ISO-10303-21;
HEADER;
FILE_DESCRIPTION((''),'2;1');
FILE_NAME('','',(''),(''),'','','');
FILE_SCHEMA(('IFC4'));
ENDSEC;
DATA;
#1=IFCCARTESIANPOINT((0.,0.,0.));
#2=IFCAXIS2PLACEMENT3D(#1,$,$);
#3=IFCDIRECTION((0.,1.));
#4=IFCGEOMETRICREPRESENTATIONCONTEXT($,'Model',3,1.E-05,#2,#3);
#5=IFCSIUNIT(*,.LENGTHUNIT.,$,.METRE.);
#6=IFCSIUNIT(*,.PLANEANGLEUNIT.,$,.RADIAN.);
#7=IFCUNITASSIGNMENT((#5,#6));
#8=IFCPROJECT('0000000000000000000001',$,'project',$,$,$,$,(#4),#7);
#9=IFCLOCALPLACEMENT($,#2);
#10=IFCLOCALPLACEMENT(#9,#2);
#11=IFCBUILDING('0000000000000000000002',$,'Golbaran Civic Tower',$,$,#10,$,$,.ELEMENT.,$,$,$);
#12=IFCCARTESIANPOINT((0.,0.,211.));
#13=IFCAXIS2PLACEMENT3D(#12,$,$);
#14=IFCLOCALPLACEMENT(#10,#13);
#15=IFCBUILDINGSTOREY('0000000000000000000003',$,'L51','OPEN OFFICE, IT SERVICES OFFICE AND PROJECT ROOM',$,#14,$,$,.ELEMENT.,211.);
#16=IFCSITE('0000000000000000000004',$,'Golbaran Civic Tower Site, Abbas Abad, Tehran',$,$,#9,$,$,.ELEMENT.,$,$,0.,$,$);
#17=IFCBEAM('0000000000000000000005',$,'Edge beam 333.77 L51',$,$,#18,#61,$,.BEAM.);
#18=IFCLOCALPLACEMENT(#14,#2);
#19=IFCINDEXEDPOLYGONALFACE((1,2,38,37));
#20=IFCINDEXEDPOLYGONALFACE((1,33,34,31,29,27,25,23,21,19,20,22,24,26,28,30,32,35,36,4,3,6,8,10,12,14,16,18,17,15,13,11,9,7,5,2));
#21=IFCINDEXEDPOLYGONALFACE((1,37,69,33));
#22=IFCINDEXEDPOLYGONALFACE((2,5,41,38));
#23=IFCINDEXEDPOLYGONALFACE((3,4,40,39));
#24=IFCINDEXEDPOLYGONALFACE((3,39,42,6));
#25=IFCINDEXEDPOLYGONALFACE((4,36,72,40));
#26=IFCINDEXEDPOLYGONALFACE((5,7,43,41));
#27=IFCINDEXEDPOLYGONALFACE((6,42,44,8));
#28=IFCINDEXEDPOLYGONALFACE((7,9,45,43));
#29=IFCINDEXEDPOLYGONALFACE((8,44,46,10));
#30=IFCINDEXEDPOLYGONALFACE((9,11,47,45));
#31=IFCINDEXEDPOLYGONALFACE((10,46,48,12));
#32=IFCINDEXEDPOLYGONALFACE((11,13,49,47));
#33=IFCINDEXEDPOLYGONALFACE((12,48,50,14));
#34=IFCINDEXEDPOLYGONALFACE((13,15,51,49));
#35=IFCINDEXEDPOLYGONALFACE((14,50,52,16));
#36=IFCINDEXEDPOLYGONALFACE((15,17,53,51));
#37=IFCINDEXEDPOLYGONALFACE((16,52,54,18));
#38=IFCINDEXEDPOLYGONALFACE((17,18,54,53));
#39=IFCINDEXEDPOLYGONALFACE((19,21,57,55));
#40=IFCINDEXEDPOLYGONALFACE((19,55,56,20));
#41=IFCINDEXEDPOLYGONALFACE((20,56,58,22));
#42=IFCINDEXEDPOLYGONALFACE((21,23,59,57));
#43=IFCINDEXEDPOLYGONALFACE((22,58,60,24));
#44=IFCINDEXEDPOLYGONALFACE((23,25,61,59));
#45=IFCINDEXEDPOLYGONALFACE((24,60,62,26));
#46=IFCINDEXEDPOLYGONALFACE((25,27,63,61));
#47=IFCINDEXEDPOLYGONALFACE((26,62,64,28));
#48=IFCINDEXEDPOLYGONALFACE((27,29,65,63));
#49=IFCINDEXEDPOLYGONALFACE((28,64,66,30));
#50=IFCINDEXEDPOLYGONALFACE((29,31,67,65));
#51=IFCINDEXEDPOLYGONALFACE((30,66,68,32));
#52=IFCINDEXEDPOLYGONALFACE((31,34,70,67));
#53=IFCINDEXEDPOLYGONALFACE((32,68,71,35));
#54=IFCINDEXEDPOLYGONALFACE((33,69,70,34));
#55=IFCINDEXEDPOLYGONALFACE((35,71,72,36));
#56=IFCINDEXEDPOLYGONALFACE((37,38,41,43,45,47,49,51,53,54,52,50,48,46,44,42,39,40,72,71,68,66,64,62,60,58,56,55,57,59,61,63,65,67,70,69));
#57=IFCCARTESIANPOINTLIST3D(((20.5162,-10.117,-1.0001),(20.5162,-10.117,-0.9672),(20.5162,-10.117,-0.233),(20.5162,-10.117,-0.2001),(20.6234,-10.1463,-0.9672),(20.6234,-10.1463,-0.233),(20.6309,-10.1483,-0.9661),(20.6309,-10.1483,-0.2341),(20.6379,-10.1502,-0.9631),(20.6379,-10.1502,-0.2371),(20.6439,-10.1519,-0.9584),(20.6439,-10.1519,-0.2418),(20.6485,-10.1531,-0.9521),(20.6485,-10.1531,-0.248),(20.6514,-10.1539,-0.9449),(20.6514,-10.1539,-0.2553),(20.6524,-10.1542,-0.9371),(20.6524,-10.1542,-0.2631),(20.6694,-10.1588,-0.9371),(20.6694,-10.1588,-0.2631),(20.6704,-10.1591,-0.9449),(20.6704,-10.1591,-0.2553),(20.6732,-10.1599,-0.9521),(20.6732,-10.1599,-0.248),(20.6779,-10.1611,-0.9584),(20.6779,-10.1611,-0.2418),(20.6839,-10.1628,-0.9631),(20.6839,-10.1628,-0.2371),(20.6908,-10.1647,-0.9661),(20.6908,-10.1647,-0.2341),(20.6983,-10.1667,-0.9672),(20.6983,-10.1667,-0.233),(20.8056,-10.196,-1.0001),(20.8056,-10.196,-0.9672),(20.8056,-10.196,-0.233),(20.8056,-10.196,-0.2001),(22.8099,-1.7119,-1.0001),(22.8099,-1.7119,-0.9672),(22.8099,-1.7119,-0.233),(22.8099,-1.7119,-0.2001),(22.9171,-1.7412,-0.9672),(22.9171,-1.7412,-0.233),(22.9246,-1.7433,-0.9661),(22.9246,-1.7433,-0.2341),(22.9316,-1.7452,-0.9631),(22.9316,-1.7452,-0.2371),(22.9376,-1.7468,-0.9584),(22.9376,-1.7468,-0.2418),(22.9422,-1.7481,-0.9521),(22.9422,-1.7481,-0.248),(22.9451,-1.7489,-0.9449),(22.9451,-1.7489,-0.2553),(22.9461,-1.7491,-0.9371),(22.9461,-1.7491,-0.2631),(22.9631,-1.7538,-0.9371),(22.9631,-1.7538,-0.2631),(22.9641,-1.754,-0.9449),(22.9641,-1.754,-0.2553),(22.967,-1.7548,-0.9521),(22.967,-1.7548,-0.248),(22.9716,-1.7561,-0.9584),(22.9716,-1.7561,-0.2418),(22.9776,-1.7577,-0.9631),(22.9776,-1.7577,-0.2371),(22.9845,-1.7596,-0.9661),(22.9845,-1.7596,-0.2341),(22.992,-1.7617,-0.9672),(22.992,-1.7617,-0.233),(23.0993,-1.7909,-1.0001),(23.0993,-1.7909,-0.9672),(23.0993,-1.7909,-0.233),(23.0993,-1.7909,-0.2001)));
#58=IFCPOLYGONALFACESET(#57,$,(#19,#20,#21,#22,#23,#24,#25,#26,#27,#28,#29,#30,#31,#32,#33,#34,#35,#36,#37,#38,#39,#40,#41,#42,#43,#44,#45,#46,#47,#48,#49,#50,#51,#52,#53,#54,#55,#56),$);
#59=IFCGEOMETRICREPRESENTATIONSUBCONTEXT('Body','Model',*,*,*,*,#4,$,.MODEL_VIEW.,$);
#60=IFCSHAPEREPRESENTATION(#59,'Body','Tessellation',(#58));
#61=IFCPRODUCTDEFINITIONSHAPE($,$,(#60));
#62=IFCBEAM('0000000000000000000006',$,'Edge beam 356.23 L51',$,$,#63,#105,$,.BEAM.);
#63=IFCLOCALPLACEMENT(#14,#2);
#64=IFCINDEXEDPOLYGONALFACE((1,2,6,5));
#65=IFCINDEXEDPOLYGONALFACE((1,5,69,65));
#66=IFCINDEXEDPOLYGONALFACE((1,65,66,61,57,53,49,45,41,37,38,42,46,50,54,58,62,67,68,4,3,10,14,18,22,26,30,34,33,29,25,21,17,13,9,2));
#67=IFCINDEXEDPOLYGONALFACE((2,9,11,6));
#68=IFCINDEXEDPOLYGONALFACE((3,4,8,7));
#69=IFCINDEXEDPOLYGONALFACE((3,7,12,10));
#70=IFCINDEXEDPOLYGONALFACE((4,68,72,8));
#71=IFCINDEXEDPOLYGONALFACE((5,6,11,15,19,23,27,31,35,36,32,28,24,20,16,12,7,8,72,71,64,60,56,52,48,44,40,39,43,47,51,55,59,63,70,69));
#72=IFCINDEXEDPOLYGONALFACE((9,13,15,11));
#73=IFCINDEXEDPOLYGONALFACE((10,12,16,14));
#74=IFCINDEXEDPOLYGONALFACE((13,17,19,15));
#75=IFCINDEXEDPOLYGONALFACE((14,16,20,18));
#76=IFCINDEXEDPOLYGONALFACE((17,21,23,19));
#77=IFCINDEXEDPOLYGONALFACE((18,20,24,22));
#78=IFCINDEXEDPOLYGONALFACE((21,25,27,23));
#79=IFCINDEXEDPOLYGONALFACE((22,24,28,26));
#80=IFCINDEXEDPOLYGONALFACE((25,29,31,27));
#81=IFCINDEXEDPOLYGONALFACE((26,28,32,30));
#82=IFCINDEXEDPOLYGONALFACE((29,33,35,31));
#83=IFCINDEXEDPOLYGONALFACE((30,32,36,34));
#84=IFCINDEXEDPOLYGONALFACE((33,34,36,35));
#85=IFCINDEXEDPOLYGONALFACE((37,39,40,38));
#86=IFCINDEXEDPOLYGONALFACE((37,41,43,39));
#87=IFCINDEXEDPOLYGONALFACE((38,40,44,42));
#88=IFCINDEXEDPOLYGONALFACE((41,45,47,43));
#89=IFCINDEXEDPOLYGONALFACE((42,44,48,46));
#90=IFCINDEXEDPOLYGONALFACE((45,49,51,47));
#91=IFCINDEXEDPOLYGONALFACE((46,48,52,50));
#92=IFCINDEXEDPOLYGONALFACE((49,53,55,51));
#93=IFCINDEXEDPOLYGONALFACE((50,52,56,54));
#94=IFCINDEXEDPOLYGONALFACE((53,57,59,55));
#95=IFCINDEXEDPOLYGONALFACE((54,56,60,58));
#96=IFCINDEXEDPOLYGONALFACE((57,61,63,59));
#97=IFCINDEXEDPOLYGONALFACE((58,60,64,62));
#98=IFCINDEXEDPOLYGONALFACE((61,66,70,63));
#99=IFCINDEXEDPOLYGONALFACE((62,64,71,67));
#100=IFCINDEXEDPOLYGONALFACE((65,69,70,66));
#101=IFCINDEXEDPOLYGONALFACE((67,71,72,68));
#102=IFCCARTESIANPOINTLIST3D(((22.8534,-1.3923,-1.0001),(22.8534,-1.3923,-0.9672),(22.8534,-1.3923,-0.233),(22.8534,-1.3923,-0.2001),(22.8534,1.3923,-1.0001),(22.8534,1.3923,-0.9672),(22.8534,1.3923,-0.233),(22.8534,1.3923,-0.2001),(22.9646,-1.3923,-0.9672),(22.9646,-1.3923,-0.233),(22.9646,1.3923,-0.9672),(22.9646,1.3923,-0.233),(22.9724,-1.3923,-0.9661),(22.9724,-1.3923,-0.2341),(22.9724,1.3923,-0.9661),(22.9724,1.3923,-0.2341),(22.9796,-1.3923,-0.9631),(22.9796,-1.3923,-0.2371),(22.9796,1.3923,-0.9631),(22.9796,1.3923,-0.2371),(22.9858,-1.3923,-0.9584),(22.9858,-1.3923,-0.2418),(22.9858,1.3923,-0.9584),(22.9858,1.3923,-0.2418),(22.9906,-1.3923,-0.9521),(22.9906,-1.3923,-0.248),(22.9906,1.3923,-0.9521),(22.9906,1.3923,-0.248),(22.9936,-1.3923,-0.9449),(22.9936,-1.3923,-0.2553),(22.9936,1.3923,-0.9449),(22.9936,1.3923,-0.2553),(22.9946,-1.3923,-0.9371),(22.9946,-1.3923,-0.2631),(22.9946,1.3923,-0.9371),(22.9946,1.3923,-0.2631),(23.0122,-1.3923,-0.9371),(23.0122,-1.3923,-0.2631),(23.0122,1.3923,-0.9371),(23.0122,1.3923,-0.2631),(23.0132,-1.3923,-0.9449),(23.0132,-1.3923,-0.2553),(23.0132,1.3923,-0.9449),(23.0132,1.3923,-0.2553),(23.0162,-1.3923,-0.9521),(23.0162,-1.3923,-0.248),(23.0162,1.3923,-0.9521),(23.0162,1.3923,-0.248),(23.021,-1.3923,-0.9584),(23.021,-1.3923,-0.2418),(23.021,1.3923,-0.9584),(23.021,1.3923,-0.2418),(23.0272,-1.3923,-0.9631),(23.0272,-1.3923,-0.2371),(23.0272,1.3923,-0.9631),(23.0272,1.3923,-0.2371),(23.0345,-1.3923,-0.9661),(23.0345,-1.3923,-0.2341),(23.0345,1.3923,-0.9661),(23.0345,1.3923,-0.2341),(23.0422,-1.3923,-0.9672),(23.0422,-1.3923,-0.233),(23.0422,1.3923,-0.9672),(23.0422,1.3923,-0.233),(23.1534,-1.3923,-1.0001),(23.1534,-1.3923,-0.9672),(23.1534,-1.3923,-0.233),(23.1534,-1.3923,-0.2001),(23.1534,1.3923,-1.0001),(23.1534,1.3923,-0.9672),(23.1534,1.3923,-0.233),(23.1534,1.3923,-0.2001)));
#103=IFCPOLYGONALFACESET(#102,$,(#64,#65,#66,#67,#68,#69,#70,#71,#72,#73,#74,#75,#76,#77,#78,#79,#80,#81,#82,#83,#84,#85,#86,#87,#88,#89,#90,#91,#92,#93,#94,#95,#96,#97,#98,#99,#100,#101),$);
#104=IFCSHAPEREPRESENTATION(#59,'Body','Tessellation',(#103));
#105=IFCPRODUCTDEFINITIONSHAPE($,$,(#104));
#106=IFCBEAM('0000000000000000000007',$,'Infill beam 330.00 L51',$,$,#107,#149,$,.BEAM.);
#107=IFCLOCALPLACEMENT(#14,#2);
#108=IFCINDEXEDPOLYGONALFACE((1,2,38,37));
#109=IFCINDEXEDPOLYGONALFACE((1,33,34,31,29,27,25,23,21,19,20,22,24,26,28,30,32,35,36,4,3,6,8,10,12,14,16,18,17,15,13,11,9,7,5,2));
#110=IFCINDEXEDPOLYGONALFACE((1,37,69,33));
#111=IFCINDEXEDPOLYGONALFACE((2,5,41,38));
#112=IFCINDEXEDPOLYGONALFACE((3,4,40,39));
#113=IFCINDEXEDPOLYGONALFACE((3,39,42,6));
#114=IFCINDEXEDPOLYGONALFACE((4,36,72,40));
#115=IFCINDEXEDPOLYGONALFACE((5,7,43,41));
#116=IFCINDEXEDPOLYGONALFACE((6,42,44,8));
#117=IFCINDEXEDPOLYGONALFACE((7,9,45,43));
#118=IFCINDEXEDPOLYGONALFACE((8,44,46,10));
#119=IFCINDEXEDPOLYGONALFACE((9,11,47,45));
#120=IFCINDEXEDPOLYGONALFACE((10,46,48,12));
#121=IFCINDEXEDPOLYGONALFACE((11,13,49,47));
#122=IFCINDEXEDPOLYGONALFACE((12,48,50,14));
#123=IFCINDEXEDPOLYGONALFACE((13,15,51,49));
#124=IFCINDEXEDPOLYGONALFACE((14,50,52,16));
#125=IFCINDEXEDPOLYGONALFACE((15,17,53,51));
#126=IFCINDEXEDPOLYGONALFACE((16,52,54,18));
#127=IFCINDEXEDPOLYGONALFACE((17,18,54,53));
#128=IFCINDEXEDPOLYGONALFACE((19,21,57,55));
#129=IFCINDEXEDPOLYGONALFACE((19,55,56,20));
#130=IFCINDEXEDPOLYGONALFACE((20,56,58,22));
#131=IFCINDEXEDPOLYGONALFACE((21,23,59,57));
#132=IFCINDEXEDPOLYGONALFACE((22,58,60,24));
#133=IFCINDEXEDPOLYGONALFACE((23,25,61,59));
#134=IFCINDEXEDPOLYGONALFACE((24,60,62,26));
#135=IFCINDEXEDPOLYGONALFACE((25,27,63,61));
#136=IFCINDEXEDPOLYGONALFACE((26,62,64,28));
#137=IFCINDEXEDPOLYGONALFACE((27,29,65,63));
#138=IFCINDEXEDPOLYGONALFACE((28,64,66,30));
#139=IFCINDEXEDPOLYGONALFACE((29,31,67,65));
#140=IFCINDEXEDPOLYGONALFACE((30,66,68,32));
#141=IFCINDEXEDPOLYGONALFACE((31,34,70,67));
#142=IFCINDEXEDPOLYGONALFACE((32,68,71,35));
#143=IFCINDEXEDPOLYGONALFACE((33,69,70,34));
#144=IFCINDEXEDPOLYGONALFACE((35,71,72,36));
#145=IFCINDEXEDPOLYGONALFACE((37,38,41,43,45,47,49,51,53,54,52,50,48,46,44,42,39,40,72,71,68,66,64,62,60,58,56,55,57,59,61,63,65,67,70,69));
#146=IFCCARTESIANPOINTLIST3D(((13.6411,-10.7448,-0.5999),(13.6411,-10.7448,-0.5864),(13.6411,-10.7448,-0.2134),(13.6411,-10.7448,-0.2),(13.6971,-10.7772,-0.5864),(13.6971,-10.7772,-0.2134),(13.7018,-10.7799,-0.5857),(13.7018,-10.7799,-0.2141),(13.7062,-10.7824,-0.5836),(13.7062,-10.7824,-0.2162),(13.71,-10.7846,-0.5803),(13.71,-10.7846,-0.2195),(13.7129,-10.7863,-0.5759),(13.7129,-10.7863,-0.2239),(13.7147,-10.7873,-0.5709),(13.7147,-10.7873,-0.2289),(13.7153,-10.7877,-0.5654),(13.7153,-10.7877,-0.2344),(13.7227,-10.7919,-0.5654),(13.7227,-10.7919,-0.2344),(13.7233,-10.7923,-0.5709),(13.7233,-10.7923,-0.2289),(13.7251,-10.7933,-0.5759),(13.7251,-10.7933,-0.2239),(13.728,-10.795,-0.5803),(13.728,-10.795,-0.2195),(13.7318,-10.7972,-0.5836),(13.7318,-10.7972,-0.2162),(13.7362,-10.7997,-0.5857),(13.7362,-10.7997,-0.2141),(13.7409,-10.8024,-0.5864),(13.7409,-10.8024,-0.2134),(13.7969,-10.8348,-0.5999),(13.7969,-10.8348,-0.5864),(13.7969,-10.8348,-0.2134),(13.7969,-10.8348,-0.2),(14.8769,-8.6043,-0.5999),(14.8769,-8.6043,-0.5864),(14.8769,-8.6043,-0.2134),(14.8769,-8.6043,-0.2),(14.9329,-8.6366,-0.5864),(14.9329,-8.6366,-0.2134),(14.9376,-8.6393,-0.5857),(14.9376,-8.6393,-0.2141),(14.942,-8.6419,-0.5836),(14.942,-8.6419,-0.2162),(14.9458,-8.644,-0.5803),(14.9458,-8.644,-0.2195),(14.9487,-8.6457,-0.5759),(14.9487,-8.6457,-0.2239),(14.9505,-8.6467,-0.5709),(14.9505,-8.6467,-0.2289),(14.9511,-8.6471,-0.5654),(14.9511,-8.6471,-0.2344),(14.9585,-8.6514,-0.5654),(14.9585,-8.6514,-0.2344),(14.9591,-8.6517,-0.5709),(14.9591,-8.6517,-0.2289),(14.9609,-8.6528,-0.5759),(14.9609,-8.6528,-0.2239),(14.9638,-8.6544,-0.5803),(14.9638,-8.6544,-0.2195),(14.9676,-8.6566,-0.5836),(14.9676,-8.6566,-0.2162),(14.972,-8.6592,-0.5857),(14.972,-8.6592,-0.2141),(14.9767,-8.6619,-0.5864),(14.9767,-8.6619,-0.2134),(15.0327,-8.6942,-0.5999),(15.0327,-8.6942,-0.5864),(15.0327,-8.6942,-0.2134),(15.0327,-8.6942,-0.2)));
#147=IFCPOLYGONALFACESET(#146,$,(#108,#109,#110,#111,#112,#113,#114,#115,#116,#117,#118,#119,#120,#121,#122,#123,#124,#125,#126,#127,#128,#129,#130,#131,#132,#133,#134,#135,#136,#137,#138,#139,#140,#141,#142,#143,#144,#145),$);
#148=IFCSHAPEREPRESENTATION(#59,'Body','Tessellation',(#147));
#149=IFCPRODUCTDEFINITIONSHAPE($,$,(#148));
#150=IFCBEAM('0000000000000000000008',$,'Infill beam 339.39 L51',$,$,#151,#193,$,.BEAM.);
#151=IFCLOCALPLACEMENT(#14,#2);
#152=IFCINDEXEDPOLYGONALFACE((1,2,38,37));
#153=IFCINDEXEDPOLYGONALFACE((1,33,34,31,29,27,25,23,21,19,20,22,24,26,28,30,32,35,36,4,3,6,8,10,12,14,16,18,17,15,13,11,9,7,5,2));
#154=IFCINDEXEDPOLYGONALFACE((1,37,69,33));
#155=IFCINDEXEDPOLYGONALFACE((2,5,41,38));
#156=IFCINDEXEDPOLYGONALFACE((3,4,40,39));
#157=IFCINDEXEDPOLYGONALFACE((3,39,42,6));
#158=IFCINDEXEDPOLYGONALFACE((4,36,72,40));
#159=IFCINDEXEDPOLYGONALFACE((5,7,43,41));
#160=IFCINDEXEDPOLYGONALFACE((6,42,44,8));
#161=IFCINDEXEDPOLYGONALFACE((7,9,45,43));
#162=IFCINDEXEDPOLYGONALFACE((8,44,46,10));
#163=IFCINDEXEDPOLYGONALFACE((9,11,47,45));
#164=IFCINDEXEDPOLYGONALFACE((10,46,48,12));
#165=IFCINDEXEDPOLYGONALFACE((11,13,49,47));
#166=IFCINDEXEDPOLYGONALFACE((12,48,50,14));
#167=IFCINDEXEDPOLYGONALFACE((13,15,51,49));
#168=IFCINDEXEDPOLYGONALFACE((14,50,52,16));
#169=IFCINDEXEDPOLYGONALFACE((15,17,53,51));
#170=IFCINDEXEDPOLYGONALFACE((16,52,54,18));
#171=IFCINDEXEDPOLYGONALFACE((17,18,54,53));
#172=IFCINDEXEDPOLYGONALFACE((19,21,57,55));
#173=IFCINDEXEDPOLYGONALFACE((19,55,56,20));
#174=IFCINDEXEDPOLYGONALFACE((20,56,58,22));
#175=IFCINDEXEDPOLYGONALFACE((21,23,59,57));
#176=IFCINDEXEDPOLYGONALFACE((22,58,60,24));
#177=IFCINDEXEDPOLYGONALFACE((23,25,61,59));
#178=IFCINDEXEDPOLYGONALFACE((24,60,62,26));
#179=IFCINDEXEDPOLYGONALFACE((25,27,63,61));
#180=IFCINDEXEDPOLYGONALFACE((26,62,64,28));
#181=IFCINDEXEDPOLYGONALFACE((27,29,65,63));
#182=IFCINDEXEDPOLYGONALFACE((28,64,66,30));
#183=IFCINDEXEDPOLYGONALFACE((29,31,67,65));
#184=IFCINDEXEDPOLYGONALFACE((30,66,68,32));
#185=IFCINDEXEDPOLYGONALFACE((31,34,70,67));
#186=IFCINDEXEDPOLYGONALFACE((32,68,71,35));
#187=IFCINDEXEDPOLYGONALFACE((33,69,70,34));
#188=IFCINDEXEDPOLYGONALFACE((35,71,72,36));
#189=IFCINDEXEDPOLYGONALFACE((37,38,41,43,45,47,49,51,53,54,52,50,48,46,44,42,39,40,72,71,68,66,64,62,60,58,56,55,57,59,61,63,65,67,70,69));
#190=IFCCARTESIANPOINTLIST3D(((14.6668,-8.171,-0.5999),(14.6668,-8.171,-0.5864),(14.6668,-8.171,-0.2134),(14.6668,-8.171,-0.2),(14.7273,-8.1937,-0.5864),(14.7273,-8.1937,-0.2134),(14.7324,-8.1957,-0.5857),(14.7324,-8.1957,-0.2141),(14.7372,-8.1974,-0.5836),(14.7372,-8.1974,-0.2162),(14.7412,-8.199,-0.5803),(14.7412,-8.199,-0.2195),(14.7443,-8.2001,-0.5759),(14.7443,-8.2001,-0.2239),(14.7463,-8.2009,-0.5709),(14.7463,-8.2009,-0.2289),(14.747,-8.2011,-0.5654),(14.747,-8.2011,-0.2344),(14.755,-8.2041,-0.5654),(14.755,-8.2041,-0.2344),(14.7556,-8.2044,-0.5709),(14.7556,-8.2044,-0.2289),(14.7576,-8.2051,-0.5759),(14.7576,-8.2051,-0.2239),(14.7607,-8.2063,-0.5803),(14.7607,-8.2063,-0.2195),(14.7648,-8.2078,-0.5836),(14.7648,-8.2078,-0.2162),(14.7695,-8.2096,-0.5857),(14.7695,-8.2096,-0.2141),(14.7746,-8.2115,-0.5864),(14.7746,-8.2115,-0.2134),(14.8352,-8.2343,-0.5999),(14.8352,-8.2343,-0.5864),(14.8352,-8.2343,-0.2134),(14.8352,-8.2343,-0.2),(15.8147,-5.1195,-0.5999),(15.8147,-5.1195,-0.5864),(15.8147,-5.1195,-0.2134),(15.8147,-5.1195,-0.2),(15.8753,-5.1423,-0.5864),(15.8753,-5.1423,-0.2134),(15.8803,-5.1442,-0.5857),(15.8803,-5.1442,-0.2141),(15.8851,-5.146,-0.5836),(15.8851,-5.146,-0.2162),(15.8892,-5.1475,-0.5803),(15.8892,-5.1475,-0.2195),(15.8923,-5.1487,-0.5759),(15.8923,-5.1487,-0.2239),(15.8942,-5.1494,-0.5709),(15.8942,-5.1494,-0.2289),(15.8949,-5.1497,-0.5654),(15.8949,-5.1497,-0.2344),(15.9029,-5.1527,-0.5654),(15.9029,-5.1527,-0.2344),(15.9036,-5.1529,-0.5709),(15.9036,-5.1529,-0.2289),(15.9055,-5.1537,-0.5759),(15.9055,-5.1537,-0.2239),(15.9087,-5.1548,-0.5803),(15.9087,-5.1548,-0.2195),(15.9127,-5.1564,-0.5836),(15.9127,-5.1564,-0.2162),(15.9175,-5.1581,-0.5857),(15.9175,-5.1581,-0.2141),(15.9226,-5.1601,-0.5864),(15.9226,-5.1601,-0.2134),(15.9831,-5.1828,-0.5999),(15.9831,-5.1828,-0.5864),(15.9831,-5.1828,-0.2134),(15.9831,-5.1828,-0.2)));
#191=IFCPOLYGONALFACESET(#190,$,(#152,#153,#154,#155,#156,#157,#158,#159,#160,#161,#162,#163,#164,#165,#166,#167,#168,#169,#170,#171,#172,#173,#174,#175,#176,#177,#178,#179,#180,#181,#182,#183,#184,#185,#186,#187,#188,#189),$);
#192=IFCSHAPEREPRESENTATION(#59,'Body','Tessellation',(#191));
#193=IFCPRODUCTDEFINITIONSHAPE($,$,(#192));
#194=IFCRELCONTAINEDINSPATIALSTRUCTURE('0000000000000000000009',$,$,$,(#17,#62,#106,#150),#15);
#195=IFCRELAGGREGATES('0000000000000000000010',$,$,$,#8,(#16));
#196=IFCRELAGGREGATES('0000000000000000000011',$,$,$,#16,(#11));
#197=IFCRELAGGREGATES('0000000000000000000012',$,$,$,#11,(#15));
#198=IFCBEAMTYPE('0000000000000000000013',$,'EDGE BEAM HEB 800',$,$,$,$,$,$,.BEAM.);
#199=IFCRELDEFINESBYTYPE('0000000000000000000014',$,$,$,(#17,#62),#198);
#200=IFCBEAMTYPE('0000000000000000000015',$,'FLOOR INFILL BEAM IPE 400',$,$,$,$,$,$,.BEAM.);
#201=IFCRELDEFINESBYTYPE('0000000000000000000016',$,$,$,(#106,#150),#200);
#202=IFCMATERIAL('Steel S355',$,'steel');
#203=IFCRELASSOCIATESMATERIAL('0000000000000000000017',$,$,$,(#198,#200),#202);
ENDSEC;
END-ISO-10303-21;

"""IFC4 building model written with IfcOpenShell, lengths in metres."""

from ifc_helpers import new_model, si_unit, direction, frame, origin, origin_2d, place, context, subcontext, project, spatial, i_section, extrude, material, material_profile, profile_set, type_object, element, save


model = new_model("IFC4")

# Units and contexts
model_context = context("Model", 3, precision=1e-05, world=origin(), true_north=direction((0.0, 1.0)))
body_context = subcontext(model_context, "Body", "Model", "MODEL_VIEW")
ifc_project = project(units=[si_unit("LENGTHUNIT", "METRE"), si_unit("PLANEANGLEUNIT", "RADIAN")], contexts=[model_context])

# Site, building, storey
site_placement = place(None, origin())
site = spatial("IfcSite", under=ifc_project, at=site_placement, Name="Golbaran Civic Tower Site, Abbas Abad, Tehran", CompositionType="ELEMENT", RefElevation=0.0)
building_placement = place(site_placement, origin())
building = spatial("IfcBuilding", under=site, at=building_placement, Name="Golbaran Civic Tower", CompositionType="ELEMENT")
storey_placement = place(building_placement, frame((0.0, 0.0, 211.0)))
storey = spatial("IfcBuildingStorey", under=building, at=storey_placement, Name="L51", Description="OPEN OFFICE, IT SERVICES OFFICE AND PROJECT ROOM", CompositionType="ELEMENT", Elevation=211.0)

# Beams
ifc_material_1 = material(Name="Steel S355", Category="steel")
ifc_material_profile_1 = material_profile(ifc_material_1, i_section(OverallWidth=0.3, OverallDepth=0.8, WebThickness=0.0176, FlangeThickness=0.033, FilletRadius=0.03, at=origin_2d()), Name="HEB 800")
ifc_profile_set_1 = profile_set([ifc_material_profile_1], Name="Steel S355")
beam_type_1 = type_object("IfcBeamType", Name="EDGE BEAM HEB 800", PredefinedType="BEAM", material=ifc_profile_set_1)
beam_1_placement = place(storey_placement, frame((20.6609, -10.1565, -0.6001), z_axis=(0.263269, 0.964722, 0.0), x_axis=(-0.964722, 0.263269, 0.0)))
element("IfcBeam", 1, at=beam_1_placement, inside=storey, type_object=beam_type_1, Name="Edge beam 333.77 L51", PredefinedType="BEAM", context=body_context, shape_type="SweptSolid", body=[
    extrude(i_section(OverallWidth=0.3, OverallDepth=0.8, WebThickness=0.0176, FlangeThickness=0.033, FilletRadius=0.03, at=origin_2d()), origin(), (0.0, 0.0, 1.0), 8.7124),
])
beam_2_placement = place(storey_placement, frame((23.0034, -1.3923, -0.6001), z_axis=(0.0, 1.0, 0.0), x_axis=(-1.0, 0.0, 0.0)))
element("IfcBeam", 2, at=beam_2_placement, inside=storey, type_object=beam_type_1, Name="Edge beam 356.23 L51", PredefinedType="BEAM", context=body_context, shape_type="SweptSolid", body=[
    extrude(i_section(OverallWidth=0.3, OverallDepth=0.8, WebThickness=0.0176, FlangeThickness=0.033, FilletRadius=0.03, at=origin_2d()), origin(), (0.0, 0.0, 1.0), 2.7847),
])
ifc_material_profile_2 = material_profile(ifc_material_1, i_section(OverallWidth=0.1799, OverallDepth=0.3999, WebThickness=0.0085, FlangeThickness=0.0134, FilletRadius=0.021, at=origin_2d()), Name="IPE 400")
ifc_profile_set_2 = profile_set([ifc_material_profile_2], Name="Steel S355")
beam_type_2 = type_object("IfcBeamType", Name="FLOOR INFILL BEAM IPE 400", PredefinedType="BEAM", material=ifc_profile_set_2)
beam_3_placement = place(storey_placement, frame((13.719, -10.7898, -0.3999), z_axis=(0.499985, 0.866034, 0.0), x_axis=(-0.866034, 0.499985, 0.0)))
element("IfcBeam", 3, at=beam_3_placement, inside=storey, type_object=beam_type_2, Name="Infill beam 330.00 L51", PredefinedType="BEAM", context=body_context, shape_type="SweptSolid", body=[
    extrude(i_section(OverallWidth=0.1799, OverallDepth=0.3999, WebThickness=0.0085, FlangeThickness=0.0134, FilletRadius=0.021, at=origin_2d()), origin(), (0.0, 0.0, 1.0), 2.4717),
])
beam_4_placement = place(storey_placement, frame((14.751, -8.2026, -0.3999), z_axis=(0.3521, 0.935962, 0.0), x_axis=(-0.935962, 0.3521, 0.0)))
element("IfcBeam", 4, at=beam_4_placement, inside=storey, type_object=beam_type_2, Name="Infill beam 339.39 L51", PredefinedType="BEAM", context=body_context, shape_type="SweptSolid", body=[
    extrude(i_section(OverallWidth=0.1799, OverallDepth=0.3999, WebThickness=0.0085, FlangeThickness=0.0134, FilletRadius=0.021, at=origin_2d()), origin(), (0.0, 0.0, 1.0), 3.2603),
])

save(model, "model.ifc")
